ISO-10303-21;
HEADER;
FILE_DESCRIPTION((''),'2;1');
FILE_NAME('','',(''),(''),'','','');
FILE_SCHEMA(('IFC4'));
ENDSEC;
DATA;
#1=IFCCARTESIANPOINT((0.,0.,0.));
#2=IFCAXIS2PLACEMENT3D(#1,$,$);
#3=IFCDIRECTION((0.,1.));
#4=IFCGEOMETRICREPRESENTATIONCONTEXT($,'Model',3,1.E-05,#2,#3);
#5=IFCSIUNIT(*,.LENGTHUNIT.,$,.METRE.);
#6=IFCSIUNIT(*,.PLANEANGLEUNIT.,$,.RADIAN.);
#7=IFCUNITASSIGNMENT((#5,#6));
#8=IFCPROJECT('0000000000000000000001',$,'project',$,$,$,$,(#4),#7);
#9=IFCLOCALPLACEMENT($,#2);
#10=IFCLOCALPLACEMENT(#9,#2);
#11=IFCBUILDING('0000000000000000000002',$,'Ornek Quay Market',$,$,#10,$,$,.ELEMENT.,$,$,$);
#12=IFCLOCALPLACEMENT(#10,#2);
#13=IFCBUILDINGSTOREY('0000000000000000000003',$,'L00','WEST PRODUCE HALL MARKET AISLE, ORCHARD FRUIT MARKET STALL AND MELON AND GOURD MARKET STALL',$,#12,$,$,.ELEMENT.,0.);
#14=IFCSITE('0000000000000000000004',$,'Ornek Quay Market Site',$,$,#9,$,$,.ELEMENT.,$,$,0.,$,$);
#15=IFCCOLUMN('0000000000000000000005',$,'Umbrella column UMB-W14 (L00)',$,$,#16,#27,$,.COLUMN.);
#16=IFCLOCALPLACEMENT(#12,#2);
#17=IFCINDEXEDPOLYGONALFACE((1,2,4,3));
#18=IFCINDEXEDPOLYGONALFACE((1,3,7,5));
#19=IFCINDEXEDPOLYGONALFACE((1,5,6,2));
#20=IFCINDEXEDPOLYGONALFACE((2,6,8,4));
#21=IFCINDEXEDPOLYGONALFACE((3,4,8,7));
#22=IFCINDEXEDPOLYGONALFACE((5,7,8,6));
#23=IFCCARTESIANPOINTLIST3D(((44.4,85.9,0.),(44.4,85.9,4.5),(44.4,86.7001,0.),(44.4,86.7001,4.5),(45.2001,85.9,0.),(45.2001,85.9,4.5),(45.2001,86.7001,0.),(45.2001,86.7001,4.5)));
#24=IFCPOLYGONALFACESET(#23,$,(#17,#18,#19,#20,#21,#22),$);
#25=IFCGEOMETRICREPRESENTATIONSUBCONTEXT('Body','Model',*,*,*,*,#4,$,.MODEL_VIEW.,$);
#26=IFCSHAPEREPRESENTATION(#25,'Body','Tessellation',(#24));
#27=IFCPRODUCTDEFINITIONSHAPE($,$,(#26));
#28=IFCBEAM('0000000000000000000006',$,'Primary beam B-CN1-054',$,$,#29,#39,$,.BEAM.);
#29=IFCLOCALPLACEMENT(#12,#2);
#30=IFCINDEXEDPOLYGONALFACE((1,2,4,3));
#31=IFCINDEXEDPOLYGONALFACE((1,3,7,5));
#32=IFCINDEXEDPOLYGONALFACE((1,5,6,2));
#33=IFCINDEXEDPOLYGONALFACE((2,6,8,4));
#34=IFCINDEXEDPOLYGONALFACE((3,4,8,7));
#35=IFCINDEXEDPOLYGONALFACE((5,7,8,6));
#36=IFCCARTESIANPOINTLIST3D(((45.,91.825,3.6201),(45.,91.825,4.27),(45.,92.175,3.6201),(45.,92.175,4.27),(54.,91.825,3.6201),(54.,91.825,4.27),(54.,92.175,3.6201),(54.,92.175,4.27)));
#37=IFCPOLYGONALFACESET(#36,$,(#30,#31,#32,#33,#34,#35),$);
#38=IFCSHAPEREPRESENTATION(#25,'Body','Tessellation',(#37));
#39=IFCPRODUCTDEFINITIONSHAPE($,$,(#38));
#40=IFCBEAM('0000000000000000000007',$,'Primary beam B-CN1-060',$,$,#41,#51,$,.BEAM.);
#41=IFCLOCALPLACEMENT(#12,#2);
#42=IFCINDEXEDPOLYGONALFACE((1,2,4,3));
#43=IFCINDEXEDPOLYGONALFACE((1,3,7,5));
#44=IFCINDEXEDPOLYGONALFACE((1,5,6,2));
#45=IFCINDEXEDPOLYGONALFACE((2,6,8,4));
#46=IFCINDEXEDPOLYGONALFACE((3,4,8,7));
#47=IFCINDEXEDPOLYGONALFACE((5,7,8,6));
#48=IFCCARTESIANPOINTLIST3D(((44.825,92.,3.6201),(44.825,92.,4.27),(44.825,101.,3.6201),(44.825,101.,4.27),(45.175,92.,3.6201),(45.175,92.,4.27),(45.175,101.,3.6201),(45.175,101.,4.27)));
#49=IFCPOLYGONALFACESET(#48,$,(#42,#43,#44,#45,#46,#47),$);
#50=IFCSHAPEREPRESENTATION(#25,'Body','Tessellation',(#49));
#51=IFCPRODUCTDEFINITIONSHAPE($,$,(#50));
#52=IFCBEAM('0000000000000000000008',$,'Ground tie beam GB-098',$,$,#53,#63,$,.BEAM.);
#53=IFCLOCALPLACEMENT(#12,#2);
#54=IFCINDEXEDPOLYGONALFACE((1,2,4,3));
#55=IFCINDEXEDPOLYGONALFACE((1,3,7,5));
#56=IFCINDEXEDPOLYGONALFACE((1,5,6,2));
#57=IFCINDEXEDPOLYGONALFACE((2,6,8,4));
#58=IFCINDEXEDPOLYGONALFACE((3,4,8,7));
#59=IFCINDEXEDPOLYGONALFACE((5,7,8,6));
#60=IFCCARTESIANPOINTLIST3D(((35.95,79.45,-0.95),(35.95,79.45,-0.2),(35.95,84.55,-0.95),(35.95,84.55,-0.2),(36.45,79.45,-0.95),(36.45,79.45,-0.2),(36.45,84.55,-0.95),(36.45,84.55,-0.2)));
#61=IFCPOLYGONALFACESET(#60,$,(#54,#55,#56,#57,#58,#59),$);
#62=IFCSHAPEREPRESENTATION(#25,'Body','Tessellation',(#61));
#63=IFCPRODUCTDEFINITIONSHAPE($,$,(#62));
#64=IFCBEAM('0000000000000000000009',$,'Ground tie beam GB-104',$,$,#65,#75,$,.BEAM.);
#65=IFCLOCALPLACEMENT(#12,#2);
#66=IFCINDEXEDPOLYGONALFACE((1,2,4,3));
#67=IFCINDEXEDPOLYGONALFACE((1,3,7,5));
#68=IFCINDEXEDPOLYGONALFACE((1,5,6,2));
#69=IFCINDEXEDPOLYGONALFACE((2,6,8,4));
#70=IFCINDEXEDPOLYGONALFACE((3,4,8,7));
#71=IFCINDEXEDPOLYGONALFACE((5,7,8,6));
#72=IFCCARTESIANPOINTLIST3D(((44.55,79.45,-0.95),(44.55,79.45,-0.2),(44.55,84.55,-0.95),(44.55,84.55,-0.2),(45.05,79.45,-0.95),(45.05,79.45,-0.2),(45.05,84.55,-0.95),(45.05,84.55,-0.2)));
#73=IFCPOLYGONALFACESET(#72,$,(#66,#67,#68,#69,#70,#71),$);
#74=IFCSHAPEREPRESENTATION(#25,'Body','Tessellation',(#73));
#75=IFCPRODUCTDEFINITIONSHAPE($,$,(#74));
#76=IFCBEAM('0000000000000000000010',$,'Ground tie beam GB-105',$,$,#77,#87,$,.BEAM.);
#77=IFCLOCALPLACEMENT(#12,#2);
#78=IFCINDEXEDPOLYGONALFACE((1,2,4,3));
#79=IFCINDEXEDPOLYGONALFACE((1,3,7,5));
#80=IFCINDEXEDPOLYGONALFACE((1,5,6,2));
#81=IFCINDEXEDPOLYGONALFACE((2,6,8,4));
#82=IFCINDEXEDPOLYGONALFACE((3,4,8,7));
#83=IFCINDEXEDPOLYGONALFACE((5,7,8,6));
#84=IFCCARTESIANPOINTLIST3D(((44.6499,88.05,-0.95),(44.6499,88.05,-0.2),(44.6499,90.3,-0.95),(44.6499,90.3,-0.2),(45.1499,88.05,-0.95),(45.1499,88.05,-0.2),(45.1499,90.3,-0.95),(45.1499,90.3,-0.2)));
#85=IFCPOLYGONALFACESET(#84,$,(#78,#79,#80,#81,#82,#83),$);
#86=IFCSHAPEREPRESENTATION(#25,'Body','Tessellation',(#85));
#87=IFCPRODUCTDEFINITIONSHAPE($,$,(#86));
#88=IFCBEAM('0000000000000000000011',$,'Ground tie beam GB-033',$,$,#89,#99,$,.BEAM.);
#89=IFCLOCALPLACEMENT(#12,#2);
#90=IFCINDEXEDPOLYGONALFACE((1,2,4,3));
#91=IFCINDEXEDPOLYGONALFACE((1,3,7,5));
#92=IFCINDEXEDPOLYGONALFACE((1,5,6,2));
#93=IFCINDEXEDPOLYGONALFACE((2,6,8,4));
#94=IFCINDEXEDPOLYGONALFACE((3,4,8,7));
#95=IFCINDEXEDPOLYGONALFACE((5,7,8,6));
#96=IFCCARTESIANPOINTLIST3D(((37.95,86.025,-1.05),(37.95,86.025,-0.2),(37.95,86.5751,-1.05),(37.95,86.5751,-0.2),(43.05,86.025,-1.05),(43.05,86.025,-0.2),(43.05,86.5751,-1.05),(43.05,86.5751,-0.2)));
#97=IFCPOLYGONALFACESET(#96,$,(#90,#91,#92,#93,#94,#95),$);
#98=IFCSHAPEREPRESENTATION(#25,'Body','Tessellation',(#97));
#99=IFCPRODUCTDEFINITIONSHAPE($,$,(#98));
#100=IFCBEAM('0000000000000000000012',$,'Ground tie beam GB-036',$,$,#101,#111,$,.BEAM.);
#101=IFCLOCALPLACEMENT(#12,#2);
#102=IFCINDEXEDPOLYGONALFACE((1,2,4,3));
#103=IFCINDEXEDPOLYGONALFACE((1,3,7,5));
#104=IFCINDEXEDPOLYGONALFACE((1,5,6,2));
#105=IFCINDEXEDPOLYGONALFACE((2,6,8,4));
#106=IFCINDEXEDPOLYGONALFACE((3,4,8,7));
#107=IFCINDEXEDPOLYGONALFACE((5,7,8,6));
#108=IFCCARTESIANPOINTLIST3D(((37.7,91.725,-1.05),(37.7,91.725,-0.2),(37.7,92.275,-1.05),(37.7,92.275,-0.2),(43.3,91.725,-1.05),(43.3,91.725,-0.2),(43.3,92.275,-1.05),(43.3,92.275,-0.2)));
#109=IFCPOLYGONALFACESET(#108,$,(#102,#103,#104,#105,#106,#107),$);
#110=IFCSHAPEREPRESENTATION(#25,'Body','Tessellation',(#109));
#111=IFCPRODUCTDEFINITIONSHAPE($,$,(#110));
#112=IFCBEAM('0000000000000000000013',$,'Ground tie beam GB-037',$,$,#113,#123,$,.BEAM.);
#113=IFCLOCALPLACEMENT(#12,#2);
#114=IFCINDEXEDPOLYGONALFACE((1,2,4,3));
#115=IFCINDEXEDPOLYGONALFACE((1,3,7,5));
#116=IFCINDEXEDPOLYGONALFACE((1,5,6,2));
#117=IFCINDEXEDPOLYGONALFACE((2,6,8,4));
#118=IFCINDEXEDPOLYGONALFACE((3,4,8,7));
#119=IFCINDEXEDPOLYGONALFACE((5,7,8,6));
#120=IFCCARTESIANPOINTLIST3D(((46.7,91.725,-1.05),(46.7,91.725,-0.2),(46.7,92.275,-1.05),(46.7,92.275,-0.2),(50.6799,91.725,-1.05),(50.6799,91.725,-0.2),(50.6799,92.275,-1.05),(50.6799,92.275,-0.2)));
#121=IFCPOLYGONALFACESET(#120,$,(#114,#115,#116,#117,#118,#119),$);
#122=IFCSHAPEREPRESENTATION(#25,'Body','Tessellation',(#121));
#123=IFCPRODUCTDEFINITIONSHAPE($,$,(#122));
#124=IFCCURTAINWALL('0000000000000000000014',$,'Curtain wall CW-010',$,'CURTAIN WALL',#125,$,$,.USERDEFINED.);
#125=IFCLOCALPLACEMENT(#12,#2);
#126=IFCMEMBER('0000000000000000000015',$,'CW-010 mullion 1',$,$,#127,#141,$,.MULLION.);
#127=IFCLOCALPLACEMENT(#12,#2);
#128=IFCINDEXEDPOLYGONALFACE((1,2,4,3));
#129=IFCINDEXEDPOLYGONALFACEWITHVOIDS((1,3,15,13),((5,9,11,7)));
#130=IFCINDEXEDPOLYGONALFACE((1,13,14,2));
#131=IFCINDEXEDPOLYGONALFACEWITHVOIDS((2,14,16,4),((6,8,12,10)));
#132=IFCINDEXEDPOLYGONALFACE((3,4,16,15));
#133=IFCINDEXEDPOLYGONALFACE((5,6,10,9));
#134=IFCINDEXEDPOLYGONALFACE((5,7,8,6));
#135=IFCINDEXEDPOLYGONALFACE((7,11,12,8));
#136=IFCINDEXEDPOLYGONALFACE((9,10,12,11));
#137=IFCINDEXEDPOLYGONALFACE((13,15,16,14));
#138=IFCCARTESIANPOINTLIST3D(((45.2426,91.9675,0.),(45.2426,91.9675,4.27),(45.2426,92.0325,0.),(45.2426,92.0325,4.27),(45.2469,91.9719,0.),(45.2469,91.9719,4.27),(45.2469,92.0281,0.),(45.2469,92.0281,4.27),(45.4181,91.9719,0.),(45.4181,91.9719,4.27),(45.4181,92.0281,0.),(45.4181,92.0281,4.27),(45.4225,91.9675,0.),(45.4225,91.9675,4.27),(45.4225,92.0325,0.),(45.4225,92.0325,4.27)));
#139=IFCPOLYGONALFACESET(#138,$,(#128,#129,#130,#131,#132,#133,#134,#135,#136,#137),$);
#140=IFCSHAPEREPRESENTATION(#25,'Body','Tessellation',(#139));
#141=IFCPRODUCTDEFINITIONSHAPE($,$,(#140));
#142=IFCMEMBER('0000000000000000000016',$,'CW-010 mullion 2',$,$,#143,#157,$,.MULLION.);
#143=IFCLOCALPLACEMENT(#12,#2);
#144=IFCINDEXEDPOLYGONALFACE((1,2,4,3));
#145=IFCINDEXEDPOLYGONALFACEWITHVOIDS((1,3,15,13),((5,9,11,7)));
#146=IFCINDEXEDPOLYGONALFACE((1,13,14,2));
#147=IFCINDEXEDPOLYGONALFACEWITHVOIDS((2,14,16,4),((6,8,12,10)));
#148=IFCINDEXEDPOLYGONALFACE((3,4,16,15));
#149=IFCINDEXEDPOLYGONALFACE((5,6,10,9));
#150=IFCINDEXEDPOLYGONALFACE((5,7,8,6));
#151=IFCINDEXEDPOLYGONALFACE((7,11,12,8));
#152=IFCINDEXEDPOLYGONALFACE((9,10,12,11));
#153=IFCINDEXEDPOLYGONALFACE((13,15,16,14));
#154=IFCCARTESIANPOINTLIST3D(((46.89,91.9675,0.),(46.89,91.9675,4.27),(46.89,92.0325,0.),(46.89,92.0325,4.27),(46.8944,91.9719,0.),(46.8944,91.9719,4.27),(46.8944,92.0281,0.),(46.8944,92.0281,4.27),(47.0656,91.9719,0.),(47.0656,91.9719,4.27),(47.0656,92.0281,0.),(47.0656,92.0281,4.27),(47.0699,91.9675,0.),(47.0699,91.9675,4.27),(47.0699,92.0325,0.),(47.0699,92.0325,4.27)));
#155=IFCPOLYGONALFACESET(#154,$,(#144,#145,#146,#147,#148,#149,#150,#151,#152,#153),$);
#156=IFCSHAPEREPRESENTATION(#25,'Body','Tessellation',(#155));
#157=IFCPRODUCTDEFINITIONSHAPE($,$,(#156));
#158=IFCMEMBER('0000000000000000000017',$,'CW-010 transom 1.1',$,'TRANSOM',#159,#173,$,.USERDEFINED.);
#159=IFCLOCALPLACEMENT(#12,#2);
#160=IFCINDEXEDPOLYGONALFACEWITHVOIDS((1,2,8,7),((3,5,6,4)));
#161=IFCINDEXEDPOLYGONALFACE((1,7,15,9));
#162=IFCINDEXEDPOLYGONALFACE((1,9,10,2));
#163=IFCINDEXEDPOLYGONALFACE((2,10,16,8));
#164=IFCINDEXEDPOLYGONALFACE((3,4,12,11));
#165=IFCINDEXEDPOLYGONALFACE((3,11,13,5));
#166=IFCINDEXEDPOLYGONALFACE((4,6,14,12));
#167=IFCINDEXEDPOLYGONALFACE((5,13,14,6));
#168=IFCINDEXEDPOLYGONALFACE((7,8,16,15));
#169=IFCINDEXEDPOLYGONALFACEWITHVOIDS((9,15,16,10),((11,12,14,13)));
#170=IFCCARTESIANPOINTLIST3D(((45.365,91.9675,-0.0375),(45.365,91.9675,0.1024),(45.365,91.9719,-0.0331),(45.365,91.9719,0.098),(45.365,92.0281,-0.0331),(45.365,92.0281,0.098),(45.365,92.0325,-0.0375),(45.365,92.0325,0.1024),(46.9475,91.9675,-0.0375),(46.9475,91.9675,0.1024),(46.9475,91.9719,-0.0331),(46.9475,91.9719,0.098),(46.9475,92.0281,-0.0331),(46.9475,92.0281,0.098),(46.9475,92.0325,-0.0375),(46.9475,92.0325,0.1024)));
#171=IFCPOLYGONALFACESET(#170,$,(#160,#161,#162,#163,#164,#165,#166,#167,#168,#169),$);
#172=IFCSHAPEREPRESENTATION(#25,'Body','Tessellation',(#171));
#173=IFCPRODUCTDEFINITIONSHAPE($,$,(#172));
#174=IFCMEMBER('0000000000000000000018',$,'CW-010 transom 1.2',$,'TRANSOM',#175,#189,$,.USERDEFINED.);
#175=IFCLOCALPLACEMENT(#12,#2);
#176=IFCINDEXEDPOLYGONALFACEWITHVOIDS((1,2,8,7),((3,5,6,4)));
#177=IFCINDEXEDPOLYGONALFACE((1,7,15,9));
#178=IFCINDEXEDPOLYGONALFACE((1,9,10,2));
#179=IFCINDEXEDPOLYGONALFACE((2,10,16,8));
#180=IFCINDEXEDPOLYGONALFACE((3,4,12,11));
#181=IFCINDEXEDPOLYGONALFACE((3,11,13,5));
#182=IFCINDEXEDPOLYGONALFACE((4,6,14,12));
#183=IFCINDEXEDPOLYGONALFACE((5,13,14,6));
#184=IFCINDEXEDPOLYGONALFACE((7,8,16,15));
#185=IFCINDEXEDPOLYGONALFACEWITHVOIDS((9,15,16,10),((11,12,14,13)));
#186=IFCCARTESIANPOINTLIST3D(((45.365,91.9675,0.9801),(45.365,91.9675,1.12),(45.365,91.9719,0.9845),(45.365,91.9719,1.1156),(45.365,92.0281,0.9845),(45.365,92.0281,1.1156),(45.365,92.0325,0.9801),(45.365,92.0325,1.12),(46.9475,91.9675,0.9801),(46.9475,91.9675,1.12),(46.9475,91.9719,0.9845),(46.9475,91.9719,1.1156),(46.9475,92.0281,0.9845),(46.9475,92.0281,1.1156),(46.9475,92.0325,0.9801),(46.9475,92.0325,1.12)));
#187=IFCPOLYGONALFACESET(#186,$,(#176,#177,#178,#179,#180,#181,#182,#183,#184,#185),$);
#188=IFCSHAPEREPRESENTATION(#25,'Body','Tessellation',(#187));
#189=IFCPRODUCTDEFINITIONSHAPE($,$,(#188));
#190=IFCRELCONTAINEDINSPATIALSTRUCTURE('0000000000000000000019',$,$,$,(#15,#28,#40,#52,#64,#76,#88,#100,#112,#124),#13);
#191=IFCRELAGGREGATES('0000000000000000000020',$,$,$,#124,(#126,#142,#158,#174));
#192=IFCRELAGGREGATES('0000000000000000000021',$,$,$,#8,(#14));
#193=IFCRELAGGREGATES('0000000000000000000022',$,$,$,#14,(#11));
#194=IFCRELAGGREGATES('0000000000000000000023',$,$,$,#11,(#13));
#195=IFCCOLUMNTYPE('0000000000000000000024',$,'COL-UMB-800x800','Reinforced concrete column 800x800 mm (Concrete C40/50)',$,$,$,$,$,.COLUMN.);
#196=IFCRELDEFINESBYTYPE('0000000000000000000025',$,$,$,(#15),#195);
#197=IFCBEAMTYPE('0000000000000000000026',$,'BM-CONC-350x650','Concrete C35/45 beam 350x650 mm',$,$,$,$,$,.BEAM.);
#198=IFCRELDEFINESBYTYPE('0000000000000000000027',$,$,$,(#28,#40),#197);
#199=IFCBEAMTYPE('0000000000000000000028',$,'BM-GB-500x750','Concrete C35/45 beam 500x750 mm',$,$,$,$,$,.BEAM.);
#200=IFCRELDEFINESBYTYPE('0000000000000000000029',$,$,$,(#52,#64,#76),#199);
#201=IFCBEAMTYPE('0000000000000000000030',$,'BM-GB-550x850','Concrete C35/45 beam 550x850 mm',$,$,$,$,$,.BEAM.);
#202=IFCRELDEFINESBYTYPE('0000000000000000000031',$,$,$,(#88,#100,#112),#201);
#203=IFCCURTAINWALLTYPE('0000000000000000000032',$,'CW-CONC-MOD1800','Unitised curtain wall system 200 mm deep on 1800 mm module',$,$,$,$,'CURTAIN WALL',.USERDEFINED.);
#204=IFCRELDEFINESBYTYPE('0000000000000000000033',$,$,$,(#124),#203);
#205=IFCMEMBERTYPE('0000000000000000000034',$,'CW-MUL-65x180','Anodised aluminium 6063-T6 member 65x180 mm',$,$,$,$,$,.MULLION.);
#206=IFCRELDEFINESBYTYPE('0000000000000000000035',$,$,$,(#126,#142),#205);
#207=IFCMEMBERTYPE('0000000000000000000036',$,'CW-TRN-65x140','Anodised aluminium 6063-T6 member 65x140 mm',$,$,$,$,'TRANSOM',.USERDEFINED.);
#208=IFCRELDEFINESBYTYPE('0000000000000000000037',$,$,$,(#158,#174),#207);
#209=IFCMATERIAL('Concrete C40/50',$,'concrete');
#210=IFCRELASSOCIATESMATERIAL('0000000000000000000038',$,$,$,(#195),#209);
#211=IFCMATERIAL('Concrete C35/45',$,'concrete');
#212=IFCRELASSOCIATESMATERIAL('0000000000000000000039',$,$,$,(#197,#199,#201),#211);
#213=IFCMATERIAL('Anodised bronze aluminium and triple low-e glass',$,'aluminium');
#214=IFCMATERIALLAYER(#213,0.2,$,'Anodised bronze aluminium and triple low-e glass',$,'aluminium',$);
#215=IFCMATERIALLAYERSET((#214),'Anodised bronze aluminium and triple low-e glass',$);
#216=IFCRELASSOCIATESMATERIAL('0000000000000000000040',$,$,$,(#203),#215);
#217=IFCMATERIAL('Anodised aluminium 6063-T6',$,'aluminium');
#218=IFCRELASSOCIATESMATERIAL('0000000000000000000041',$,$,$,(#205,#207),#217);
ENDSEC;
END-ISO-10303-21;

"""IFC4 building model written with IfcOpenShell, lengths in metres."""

from ifc_helpers import new_model, si_unit, direction, frame, origin, origin_2d, place, context, subcontext, project, spatial, rectangle, hollow_rectangle, extrude, material, layer, layer_set, material_profile, profile_set, type_object, element, aggregate, save


model = new_model("IFC4")

# Units and contexts
model_context = context("Model", 3, precision=1e-05, world=origin(), true_north=direction((0.0, 1.0)))
body_context = subcontext(model_context, "Body", "Model", "MODEL_VIEW")
ifc_project = project(units=[si_unit("LENGTHUNIT", "METRE"), si_unit("PLANEANGLEUNIT", "RADIAN")], contexts=[model_context])

# Site, building, storey
site_placement = place(None, origin())
site = spatial("IfcSite", under=ifc_project, at=site_placement, Name="Ornek Quay Market Site", CompositionType="ELEMENT", RefElevation=0.0)
building_placement = place(site_placement, origin())
building = spatial("IfcBuilding", under=site, at=building_placement, Name="Ornek Quay Market", CompositionType="ELEMENT")
storey_placement = place(building_placement, origin())
storey = spatial("IfcBuildingStorey", under=building, at=storey_placement, Name="L00", Description="WEST PRODUCE HALL MARKET AISLE, ORCHARD FRUIT MARKET STALL AND MELON AND GOURD MARKET STALL", CompositionType="ELEMENT", Elevation=0.0)

# Shared definitions
ifc_material_1 = material(Name="Concrete C35/45", Category="concrete")

# Column
ifc_material_2 = material(Name="Concrete C40/50", Category="concrete")
ifc_material_profile_1 = material_profile(ifc_material_2, rectangle(XDim=0.8, YDim=0.8, at=origin_2d()), Name="RC 800x800", Category="concrete")
ifc_profile_set_1 = profile_set([ifc_material_profile_1], Name="Concrete C40/50")
column_type_1 = type_object("IfcColumnType", Name="COL-UMB-800x800", Description="Reinforced concrete column 800x800 mm (Concrete C40/50)", PredefinedType="COLUMN", material=ifc_profile_set_1)
for number, where, z_axis, x_axis, name in (
    (1, (44.8, 86.3, 0.0), (0.0, 0.0, 1.0), (1.0, 0.0, 0.0), "Umbrella column UMB-W14 (L00)"),
):
    element("IfcColumn", number, at=place(storey_placement, frame(where, z_axis=z_axis, x_axis=x_axis)), inside=storey, type_object=column_type_1, Name=name, PredefinedType="COLUMN", context=body_context, shape_type="SweptSolid", body=[
        extrude(rectangle(XDim=0.8, YDim=0.8, at=origin_2d()), origin(), (0.0, 0.0, 1.0), 4.5),
    ])

# Beams
ifc_material_profile_2 = material_profile(ifc_material_1, rectangle(XDim=0.3501, YDim=0.6499, at=origin_2d()), Name="RC 350x650", Category="concrete")
ifc_profile_set_2 = profile_set([ifc_material_profile_2], Name="Concrete C35/45")
beam_type_1 = type_object("IfcBeamType", Name="BM-CONC-350x650", Description="Concrete C35/45 beam 350x650 mm", PredefinedType="BEAM", material=ifc_profile_set_2)
for number, where, z_axis, x_axis, name in (
    (2, (45.0, 92.0, 3.9451), (1.0, 0.0, 0.0), (0.0, 1.0, 0.0), "Primary beam B-CN1-054"),
    (3, (45.0, 92.0, 3.9451), (0.0, 1.0, 0.0), (-1.0, 0.0, 0.0), "Primary beam B-CN1-060"),
):
    element("IfcBeam", number, at=place(storey_placement, frame(where, z_axis=z_axis, x_axis=x_axis)), inside=storey, type_object=beam_type_1, Name=name, PredefinedType="BEAM", context=body_context, shape_type="SweptSolid", body=[
        extrude(rectangle(XDim=0.3501, YDim=0.6499, at=origin_2d()), origin(), (0.0, 0.0, 1.0), 9.0),
    ])
ifc_material_profile_3 = material_profile(ifc_material_1, rectangle(XDim=0.5, YDim=0.75, at=origin_2d()), Name="RC 500x750", Category="concrete")
ifc_profile_set_3 = profile_set([ifc_material_profile_3], Name="Concrete C35/45")
beam_type_2 = type_object("IfcBeamType", Name="BM-GB-500x750", Description="Concrete C35/45 beam 500x750 mm", PredefinedType="BEAM", material=ifc_profile_set_3)
for number, where, z_axis, x_axis, name in (
    (4, (36.2, 79.45, -0.575), (0.0, 1.0, 0.0), (-1.0, 0.0, 0.0), "Ground tie beam GB-098"),
    (5, (44.8, 79.45, -0.575), (0.0, 1.0, 0.0), (-1.0, 0.0, 0.0), "Ground tie beam GB-104"),
):
    element("IfcBeam", number, at=place(storey_placement, frame(where, z_axis=z_axis, x_axis=x_axis)), inside=storey, type_object=beam_type_2, Name=name, PredefinedType="BEAM", context=body_context, shape_type="SweptSolid", body=[
        extrude(rectangle(XDim=0.5, YDim=0.75, at=origin_2d()), origin(), (0.0, 0.0, 1.0), 5.1001),
    ])
beam_1_placement = place(storey_placement, frame((44.8999, 88.05, -0.575), z_axis=(0.0, 1.0, 0.0), x_axis=(-1.0, 0.0, 0.0)))
element("IfcBeam", 6, at=beam_1_placement, inside=storey, type_object=beam_type_2, Name="Ground tie beam GB-105", PredefinedType="BEAM", context=body_context, shape_type="SweptSolid", body=[
    extrude(rectangle(XDim=0.5, YDim=0.75, at=origin_2d()), origin(), (0.0, 0.0, 1.0), 2.25),
])
ifc_material_profile_4 = material_profile(ifc_material_1, rectangle(XDim=0.55, YDim=0.8501, at=origin_2d()), Name="RC 550x850", Category="concrete")
ifc_profile_set_4 = profile_set([ifc_material_profile_4], Name="Concrete C35/45")
beam_type_3 = type_object("IfcBeamType", Name="BM-GB-550x850", Description="Concrete C35/45 beam 550x850 mm", PredefinedType="BEAM", material=ifc_profile_set_4)
beam_2_placement = place(storey_placement, frame((37.95, 86.3, -0.625), z_axis=(1.0, 0.0, 0.0), x_axis=(0.0, 1.0, 0.0)))
element("IfcBeam", 7, at=beam_2_placement, inside=storey, type_object=beam_type_3, Name="Ground tie beam GB-033", PredefinedType="BEAM", context=body_context, shape_type="SweptSolid", body=[
    extrude(rectangle(XDim=0.55, YDim=0.8501, at=origin_2d()), origin(), (0.0, 0.0, 1.0), 5.1001),
])
beam_3_placement = place(storey_placement, frame((37.7, 92.0, -0.625), z_axis=(1.0, 0.0, 0.0), x_axis=(0.0, 1.0, 0.0)))
element("IfcBeam", 8, at=beam_3_placement, inside=storey, type_object=beam_type_3, Name="Ground tie beam GB-036", PredefinedType="BEAM", context=body_context, shape_type="SweptSolid", body=[
    extrude(rectangle(XDim=0.55, YDim=0.8501, at=origin_2d()), origin(), (0.0, 0.0, 1.0), 5.6001),
])
beam_4_placement = place(storey_placement, frame((46.7, 92.0, -0.625), z_axis=(1.0, 0.0, 0.0), x_axis=(0.0, 1.0, 0.0)))
element("IfcBeam", 9, at=beam_4_placement, inside=storey, type_object=beam_type_3, Name="Ground tie beam GB-037", PredefinedType="BEAM", context=body_context, shape_type="SweptSolid", body=[
    extrude(rectangle(XDim=0.55, YDim=0.8501, at=origin_2d()), origin(), (0.0, 0.0, 1.0), 3.98),
])

# Curtain wall, members
ifc_material_3 = material(Name="Anodised bronze aluminium and triple low-e glass", Category="aluminium")
ifc_layer_1 = layer(ifc_material_3, 0.2, Name="Anodised bronze aluminium and triple low-e glass", Category="aluminium")
ifc_layer_set_1 = layer_set([ifc_layer_1], Name="Anodised bronze aluminium and triple low-e glass")
curtain_wall_type = type_object("IfcCurtainWallType", Name="CW-CONC-MOD1800", Description="Unitised curtain wall system 200 mm deep on 1800 mm module", ElementType="CURTAIN WALL", PredefinedType="USERDEFINED", material=ifc_layer_set_1)
curtain_wall_placement = place(storey_placement, origin())
curtain_wall = element("IfcCurtainWall", 10, at=curtain_wall_placement, inside=storey, type_object=curtain_wall_type, Name="Curtain wall CW-010", ObjectType="CURTAIN WALL", PredefinedType="USERDEFINED")
ifc_material_4 = material(Name="Anodised aluminium 6063-T6", Category="aluminium")
ifc_material_profile_5 = material_profile(ifc_material_4, hollow_rectangle(XDim=0.0649, YDim=0.1799, WallThickness=0.0044, at=origin_2d()), Name="CW-MUL-65x180", Category="aluminium")
ifc_profile_set_5 = profile_set([ifc_material_profile_5], Name="Anodised aluminium 6063-T6")
member_type_1 = type_object("IfcMemberType", Name="CW-MUL-65x180", Description="Anodised aluminium 6063-T6 member 65x180 mm", PredefinedType="MULLION", material=ifc_profile_set_5)
member_1_placement = place(storey_placement, frame((45.3325, 92.0, 0.0), z_axis=(0.0, 0.0, 1.0), x_axis=(0.0, 1.0, 0.0)))
member_1 = element("IfcMember", 11, at=member_1_placement, type_object=member_type_1, Name="CW-010 mullion 1", PredefinedType="MULLION", context=body_context, shape_type="SweptSolid", body=[
    extrude(hollow_rectangle(XDim=0.0649, YDim=0.1799, WallThickness=0.0044, at=origin_2d()), origin(), (0.0, 0.0, 1.0), 4.27),
])
member_2_placement = place(storey_placement, frame((46.98, 92.0, 0.0), z_axis=(0.0, 0.0, 1.0), x_axis=(0.0, 1.0, 0.0)))
member_2 = element("IfcMember", 12, at=member_2_placement, type_object=member_type_1, Name="CW-010 mullion 2", PredefinedType="MULLION", context=body_context, shape_type="SweptSolid", body=[
    extrude(hollow_rectangle(XDim=0.0649, YDim=0.1799, WallThickness=0.0044, at=origin_2d()), origin(), (0.0, 0.0, 1.0), 4.27),
])
ifc_material_profile_6 = material_profile(ifc_material_4, hollow_rectangle(XDim=0.0649, YDim=0.1399, WallThickness=0.0044, at=origin_2d()), Name="CW-TRN-65x140", Category="aluminium")
ifc_profile_set_6 = profile_set([ifc_material_profile_6], Name="Anodised aluminium 6063-T6")
member_type_2 = type_object("IfcMemberType", Name="CW-TRN-65x140", Description="Anodised aluminium 6063-T6 member 65x140 mm", ElementType="TRANSOM", PredefinedType="USERDEFINED", material=ifc_profile_set_6)
member_3_placement = place(storey_placement, frame((45.365, 92.0, 0.0325), z_axis=(1.0, 0.0, 0.0), x_axis=(0.0, 1.0, 0.0)))
member_3 = element("IfcMember", 13, at=member_3_placement, type_object=member_type_2, Name="CW-010 transom 1.1", ObjectType="TRANSOM", PredefinedType="USERDEFINED", context=body_context, shape_type="SweptSolid", body=[
    extrude(hollow_rectangle(XDim=0.0649, YDim=0.1399, WallThickness=0.0044, at=origin_2d()), origin(), (0.0, 0.0, 1.0), 1.5825),
])
member_4_placement = place(storey_placement, frame((45.365, 92.0, 1.05), z_axis=(1.0, 0.0, 0.0), x_axis=(0.0, 1.0, 0.0)))
member_4 = element("IfcMember", 14, at=member_4_placement, type_object=member_type_2, Name="CW-010 transom 1.2", ObjectType="TRANSOM", PredefinedType="USERDEFINED", context=body_context, shape_type="SweptSolid", body=[
    extrude(hollow_rectangle(XDim=0.0649, YDim=0.1399, WallThickness=0.0044, at=origin_2d()), origin(), (0.0, 0.0, 1.0), 1.5825),
])
aggregate(curtain_wall, [member_1, member_2, member_3, member_4])

save(model, "model.ifc")
